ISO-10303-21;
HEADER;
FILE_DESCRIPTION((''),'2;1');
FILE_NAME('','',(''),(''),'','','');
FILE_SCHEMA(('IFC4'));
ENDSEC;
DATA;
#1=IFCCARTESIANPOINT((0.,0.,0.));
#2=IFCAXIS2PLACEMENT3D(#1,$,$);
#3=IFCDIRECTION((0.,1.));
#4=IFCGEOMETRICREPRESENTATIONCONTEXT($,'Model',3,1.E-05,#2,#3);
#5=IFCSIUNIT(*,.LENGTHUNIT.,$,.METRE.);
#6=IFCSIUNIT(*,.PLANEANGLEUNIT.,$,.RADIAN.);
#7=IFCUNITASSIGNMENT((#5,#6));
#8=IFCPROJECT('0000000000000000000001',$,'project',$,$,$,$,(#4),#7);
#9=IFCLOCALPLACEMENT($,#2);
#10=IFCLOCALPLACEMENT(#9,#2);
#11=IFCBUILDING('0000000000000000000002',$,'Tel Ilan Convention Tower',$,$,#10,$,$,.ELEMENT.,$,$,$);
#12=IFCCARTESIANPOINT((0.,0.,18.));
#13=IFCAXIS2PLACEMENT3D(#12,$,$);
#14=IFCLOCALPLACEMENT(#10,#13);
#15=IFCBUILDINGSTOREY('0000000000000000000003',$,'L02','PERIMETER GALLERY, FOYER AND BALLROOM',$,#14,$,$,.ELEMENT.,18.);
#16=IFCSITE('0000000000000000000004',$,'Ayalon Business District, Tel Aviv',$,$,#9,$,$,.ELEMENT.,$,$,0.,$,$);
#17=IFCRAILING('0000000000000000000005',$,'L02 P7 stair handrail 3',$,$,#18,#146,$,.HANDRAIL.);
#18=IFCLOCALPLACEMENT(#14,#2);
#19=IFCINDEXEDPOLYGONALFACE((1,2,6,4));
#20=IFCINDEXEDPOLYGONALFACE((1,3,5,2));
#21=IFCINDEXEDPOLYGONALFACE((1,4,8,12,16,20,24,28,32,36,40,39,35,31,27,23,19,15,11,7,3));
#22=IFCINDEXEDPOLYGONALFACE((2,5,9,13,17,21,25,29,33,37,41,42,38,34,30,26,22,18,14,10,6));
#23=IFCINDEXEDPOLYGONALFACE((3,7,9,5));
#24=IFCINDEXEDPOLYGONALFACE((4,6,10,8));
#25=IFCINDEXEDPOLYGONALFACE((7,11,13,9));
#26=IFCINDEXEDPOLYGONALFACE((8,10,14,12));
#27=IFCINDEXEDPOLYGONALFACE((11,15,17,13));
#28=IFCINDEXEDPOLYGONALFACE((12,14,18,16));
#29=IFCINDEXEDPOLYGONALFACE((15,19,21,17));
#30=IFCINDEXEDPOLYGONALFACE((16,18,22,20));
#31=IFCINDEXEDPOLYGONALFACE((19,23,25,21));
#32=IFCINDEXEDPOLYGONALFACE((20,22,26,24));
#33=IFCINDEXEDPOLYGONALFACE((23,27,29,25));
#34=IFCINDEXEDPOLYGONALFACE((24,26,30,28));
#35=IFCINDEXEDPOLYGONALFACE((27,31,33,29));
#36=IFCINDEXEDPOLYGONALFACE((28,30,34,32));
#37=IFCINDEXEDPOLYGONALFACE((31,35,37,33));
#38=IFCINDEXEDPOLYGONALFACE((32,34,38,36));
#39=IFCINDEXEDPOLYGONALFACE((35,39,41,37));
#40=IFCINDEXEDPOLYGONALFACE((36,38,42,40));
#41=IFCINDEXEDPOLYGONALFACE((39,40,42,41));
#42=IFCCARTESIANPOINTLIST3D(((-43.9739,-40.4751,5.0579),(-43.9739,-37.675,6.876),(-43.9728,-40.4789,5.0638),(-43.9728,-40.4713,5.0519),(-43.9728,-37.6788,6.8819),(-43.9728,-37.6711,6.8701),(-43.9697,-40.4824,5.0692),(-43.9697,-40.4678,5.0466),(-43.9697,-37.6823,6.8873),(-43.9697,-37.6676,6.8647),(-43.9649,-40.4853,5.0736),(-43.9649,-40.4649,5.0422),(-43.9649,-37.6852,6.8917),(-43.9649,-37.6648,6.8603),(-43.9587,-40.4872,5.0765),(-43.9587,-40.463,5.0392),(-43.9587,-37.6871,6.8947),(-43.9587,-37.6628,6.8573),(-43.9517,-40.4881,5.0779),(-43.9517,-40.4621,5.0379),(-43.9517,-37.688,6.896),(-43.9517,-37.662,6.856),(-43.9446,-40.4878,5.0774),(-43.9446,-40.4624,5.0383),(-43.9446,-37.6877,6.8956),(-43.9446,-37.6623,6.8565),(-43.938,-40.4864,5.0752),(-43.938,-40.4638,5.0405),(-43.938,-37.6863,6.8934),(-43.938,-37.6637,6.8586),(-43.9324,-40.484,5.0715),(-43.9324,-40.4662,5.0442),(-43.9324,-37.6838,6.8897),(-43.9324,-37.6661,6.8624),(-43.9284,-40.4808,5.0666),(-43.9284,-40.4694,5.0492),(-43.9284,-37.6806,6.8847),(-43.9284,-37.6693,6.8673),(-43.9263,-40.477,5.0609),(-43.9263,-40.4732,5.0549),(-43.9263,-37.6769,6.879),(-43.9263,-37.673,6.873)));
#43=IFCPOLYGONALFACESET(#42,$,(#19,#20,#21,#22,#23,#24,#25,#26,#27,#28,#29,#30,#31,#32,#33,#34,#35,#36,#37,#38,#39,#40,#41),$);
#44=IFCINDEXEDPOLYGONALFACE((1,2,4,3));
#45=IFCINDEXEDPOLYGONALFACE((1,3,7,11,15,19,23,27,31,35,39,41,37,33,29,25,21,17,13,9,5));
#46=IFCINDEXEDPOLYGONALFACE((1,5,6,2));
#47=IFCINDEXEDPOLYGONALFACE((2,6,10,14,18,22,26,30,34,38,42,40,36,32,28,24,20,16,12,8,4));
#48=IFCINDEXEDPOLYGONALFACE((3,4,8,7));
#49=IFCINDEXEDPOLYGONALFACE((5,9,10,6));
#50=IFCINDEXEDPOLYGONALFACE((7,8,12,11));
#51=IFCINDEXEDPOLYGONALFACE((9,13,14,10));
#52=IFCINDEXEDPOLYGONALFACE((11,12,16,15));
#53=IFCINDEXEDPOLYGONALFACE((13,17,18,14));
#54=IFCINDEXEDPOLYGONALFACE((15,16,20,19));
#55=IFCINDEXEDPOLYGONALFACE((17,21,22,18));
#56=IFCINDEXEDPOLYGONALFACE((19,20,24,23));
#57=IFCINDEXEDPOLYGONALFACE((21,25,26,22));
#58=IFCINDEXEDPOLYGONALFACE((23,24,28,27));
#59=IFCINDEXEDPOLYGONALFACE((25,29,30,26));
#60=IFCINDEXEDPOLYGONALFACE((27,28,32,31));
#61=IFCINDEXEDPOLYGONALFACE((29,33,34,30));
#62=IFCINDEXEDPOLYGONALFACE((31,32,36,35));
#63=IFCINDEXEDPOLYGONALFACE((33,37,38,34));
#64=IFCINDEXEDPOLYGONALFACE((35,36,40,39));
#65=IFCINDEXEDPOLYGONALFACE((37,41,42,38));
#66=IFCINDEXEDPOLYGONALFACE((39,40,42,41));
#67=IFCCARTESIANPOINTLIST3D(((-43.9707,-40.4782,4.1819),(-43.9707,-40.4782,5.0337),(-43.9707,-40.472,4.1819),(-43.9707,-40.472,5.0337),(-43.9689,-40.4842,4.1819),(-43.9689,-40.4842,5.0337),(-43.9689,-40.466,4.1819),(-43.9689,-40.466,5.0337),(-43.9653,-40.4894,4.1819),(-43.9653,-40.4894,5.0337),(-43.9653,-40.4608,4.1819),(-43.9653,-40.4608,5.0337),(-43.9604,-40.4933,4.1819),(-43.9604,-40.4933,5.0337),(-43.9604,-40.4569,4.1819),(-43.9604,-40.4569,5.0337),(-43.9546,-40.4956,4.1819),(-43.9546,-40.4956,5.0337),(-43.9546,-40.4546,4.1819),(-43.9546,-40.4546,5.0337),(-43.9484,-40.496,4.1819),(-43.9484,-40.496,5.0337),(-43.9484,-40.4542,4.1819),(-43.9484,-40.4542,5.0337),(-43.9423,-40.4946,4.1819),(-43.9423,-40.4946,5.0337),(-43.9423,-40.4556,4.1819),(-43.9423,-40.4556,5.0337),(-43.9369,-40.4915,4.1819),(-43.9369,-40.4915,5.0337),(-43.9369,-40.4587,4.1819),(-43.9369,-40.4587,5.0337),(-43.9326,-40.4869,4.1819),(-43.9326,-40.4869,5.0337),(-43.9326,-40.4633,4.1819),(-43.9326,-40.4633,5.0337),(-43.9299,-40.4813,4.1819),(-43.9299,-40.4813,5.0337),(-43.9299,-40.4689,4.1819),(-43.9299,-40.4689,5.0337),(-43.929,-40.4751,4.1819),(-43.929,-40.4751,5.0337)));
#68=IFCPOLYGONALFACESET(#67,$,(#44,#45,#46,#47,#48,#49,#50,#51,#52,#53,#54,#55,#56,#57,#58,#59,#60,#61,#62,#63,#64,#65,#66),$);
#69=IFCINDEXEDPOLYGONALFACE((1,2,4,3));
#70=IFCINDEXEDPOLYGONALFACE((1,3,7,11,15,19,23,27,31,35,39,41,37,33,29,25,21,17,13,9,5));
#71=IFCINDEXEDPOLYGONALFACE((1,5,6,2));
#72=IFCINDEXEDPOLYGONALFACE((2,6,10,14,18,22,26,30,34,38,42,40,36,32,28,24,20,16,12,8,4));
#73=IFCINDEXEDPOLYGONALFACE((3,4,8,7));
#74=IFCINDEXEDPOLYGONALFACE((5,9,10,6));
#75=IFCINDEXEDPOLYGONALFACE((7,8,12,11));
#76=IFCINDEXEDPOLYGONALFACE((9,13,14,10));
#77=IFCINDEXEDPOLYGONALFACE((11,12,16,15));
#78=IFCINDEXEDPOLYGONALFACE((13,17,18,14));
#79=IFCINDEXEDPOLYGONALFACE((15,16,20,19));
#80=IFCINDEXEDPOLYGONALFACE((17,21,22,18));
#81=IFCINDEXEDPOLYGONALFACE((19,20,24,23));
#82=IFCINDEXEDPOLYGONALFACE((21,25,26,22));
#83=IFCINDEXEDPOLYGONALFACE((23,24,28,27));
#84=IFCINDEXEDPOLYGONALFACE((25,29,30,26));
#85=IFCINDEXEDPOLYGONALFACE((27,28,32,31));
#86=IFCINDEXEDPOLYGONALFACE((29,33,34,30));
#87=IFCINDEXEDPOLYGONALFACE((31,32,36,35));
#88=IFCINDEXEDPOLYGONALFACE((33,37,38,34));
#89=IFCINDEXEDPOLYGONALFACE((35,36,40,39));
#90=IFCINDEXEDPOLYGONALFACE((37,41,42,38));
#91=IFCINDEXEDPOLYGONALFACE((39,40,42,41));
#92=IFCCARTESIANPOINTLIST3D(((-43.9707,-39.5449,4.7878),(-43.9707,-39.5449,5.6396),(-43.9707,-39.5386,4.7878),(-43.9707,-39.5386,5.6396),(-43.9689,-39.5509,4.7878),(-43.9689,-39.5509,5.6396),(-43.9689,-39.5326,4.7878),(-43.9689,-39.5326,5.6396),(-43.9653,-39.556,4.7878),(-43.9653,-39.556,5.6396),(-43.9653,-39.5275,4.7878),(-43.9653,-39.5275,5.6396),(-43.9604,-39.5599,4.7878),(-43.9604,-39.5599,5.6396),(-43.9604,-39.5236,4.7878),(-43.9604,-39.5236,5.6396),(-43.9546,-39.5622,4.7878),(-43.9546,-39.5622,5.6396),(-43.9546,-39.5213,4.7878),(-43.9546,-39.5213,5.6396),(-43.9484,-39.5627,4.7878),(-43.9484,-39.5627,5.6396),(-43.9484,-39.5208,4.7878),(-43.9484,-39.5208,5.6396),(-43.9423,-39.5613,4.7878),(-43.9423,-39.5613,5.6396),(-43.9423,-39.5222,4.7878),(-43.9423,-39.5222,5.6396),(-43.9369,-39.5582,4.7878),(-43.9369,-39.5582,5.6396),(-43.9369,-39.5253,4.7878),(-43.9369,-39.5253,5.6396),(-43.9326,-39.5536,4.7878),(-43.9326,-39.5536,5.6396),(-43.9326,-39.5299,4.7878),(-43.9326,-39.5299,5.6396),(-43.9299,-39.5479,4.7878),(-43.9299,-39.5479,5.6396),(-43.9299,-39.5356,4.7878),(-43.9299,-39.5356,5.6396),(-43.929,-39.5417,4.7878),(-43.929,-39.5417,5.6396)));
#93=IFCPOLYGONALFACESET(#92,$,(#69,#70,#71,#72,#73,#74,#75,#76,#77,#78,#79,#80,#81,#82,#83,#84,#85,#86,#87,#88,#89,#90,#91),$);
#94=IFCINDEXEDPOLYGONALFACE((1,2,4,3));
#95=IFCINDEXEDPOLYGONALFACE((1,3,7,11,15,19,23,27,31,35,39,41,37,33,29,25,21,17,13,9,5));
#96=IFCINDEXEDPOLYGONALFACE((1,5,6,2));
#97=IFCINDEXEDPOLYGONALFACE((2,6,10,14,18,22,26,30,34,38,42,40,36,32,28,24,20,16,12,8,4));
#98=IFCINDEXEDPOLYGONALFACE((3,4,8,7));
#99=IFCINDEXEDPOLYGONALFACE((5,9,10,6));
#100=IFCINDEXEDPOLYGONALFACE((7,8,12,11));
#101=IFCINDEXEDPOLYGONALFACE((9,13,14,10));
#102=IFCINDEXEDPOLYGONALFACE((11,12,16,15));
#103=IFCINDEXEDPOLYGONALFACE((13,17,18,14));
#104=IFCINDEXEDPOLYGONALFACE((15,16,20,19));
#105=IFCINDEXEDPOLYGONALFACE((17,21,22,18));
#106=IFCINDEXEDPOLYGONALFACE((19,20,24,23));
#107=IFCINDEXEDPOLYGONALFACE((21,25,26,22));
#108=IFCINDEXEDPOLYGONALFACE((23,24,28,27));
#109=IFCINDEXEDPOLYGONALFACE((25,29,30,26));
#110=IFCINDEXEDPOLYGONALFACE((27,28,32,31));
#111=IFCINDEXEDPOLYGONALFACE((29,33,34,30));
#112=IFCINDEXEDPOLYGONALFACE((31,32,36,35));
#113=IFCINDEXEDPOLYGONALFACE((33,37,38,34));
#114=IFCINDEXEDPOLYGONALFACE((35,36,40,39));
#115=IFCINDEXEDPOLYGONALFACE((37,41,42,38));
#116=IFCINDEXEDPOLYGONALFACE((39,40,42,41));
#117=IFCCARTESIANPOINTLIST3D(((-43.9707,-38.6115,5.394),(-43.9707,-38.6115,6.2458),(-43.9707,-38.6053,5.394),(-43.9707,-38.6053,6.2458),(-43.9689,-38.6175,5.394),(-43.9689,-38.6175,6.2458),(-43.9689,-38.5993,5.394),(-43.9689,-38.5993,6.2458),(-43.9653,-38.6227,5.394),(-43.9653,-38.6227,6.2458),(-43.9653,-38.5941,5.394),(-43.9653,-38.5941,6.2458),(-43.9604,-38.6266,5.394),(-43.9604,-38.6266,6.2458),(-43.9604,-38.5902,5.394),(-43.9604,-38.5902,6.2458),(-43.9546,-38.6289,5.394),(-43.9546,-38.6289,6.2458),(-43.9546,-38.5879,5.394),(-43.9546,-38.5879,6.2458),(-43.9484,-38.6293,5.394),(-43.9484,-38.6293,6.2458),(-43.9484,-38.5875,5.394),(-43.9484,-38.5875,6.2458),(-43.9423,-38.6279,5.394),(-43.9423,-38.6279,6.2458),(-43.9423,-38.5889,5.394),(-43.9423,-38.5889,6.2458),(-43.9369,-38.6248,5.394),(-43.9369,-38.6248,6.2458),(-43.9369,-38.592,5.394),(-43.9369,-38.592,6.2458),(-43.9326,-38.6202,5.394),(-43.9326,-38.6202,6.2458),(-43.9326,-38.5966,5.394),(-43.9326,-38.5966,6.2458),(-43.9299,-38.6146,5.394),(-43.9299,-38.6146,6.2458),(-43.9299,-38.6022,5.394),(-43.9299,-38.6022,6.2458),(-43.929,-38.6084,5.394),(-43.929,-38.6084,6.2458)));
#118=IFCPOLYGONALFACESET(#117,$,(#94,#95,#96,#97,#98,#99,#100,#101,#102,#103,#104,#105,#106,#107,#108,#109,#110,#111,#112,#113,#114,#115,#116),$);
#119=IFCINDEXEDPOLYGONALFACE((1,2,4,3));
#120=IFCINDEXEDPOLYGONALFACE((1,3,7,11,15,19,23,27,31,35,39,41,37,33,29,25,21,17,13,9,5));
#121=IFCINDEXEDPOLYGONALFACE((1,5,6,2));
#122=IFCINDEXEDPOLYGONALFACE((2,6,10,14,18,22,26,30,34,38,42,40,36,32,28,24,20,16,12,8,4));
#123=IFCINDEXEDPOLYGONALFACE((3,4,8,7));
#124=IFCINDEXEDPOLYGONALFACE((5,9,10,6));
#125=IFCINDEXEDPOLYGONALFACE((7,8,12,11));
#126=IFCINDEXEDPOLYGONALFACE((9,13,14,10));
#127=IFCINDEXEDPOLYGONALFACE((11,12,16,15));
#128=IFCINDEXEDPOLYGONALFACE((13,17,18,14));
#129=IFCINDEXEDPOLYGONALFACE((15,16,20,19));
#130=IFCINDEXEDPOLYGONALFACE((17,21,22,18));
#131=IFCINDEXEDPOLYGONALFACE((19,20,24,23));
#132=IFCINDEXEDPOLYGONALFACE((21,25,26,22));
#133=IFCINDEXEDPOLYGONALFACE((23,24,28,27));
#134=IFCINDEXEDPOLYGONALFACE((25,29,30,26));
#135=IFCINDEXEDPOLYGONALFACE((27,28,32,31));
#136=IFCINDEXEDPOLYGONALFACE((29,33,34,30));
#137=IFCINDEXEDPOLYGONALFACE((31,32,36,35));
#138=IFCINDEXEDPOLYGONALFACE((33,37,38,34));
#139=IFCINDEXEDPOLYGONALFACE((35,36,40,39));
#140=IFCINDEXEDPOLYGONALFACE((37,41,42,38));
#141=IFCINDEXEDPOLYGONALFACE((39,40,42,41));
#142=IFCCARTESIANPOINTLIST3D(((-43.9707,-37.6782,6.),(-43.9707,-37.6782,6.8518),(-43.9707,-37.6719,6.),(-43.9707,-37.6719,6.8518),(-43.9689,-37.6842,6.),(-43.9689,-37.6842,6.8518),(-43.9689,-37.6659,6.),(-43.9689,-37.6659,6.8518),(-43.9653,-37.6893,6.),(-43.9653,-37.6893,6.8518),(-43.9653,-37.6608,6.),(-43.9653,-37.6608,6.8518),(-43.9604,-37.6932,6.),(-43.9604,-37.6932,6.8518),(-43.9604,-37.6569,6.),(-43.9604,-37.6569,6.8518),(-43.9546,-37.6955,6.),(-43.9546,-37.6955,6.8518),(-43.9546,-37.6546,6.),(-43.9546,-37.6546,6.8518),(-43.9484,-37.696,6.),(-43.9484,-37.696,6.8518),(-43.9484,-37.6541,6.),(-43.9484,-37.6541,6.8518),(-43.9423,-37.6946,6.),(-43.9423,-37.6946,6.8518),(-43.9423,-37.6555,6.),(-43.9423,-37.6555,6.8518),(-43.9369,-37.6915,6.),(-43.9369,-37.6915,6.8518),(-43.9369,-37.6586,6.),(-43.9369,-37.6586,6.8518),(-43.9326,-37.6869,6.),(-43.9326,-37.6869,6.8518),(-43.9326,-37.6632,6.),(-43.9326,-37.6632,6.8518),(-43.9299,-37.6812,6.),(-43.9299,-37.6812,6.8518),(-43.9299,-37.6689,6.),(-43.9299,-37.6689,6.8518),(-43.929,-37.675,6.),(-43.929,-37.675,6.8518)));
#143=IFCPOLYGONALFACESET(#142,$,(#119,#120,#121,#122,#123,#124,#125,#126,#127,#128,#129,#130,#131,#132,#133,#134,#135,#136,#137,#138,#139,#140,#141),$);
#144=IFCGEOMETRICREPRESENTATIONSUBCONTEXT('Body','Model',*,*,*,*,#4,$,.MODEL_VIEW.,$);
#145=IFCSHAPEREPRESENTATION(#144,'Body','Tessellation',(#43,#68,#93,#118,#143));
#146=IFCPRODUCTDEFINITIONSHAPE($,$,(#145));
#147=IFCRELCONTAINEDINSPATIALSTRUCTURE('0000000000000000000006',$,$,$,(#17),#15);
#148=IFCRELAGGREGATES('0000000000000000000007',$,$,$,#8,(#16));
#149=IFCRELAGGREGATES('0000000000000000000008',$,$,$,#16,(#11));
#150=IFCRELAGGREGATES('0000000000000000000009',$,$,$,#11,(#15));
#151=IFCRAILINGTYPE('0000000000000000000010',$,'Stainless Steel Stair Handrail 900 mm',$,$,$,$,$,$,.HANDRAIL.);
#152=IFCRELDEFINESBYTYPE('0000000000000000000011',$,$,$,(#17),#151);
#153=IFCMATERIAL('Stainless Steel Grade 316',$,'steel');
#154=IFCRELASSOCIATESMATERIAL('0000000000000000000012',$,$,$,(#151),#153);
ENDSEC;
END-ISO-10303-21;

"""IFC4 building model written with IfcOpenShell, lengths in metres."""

from ifc_helpers import new_model, si_unit, direction, frame, origin, origin_2d, place, context, subcontext, project, spatial, circle, extrude, material, type_object, element, save


model = new_model("IFC4")

# Units and contexts
model_context = context("Model", 3, precision=1e-05, world=origin(), true_north=direction((0.0, 1.0)))
body_context = subcontext(model_context, "Body", "Model", "MODEL_VIEW")
ifc_project = project(units=[si_unit("LENGTHUNIT", "METRE"), si_unit("PLANEANGLEUNIT", "RADIAN")], contexts=[model_context])

# Site, building, storey
site_placement = place(None, origin())
site = spatial("IfcSite", under=ifc_project, at=site_placement, Name="Ayalon Business District, Tel Aviv", CompositionType="ELEMENT", RefElevation=0.0)
building_placement = place(site_placement, origin())
building = spatial("IfcBuilding", under=site, at=building_placement, Name="Tel Ilan Convention Tower", CompositionType="ELEMENT")
storey_placement = place(building_placement, frame((0.0, 0.0, 18.0)))
storey = spatial("IfcBuildingStorey", under=building, at=storey_placement, Name="L02", Description="PERIMETER GALLERY, FOYER AND BALLROOM", CompositionType="ELEMENT", Elevation=18.0)

# Railing
ifc_material_1 = material(Name="Stainless Steel Grade 316", Category="steel")
railing_type_1 = type_object("IfcRailingType", Name="Stainless Steel Stair Handrail 900 mm", PredefinedType="HANDRAIL", material=ifc_material_1)
railing_1_placement = place(storey_placement, frame((-43.95, -40.4751, 4.1819)))
element("IfcRailing", 1, at=railing_1_placement, inside=storey, type_object=railing_type_1, Name="L02 P7 stair handrail 3", PredefinedType="HANDRAIL", context=body_context, shape_type="SweptSolid", body=[
    extrude(circle(Radius=0.0239, at=origin_2d()), frame((0.0, 0.0, 0.876), z_axis=(0.0, 0.838706, 0.544585), x_axis=(-1.0, 0.0, 0.0)), (0.0, 0.0, 1.0), 3.3386),
    extrude(circle(Radius=0.021, at=origin_2d()), origin(), (0.0, 0.0, 1.0), 0.8518),
    extrude(circle(Radius=0.021, at=origin_2d()), frame((0.0, 0.9333, 0.606)), (0.0, 0.0, 1.0), 0.8518),
    extrude(circle(Radius=0.021, at=origin_2d()), frame((0.0, 1.8667, 1.2122)), (0.0, 0.0, 1.0), 0.8518),
    extrude(circle(Radius=0.021, at=origin_2d()), frame((0.0, 2.8, 1.8181)), (0.0, 0.0, 1.0), 0.8518),
])

save(model, "model.ifc")
